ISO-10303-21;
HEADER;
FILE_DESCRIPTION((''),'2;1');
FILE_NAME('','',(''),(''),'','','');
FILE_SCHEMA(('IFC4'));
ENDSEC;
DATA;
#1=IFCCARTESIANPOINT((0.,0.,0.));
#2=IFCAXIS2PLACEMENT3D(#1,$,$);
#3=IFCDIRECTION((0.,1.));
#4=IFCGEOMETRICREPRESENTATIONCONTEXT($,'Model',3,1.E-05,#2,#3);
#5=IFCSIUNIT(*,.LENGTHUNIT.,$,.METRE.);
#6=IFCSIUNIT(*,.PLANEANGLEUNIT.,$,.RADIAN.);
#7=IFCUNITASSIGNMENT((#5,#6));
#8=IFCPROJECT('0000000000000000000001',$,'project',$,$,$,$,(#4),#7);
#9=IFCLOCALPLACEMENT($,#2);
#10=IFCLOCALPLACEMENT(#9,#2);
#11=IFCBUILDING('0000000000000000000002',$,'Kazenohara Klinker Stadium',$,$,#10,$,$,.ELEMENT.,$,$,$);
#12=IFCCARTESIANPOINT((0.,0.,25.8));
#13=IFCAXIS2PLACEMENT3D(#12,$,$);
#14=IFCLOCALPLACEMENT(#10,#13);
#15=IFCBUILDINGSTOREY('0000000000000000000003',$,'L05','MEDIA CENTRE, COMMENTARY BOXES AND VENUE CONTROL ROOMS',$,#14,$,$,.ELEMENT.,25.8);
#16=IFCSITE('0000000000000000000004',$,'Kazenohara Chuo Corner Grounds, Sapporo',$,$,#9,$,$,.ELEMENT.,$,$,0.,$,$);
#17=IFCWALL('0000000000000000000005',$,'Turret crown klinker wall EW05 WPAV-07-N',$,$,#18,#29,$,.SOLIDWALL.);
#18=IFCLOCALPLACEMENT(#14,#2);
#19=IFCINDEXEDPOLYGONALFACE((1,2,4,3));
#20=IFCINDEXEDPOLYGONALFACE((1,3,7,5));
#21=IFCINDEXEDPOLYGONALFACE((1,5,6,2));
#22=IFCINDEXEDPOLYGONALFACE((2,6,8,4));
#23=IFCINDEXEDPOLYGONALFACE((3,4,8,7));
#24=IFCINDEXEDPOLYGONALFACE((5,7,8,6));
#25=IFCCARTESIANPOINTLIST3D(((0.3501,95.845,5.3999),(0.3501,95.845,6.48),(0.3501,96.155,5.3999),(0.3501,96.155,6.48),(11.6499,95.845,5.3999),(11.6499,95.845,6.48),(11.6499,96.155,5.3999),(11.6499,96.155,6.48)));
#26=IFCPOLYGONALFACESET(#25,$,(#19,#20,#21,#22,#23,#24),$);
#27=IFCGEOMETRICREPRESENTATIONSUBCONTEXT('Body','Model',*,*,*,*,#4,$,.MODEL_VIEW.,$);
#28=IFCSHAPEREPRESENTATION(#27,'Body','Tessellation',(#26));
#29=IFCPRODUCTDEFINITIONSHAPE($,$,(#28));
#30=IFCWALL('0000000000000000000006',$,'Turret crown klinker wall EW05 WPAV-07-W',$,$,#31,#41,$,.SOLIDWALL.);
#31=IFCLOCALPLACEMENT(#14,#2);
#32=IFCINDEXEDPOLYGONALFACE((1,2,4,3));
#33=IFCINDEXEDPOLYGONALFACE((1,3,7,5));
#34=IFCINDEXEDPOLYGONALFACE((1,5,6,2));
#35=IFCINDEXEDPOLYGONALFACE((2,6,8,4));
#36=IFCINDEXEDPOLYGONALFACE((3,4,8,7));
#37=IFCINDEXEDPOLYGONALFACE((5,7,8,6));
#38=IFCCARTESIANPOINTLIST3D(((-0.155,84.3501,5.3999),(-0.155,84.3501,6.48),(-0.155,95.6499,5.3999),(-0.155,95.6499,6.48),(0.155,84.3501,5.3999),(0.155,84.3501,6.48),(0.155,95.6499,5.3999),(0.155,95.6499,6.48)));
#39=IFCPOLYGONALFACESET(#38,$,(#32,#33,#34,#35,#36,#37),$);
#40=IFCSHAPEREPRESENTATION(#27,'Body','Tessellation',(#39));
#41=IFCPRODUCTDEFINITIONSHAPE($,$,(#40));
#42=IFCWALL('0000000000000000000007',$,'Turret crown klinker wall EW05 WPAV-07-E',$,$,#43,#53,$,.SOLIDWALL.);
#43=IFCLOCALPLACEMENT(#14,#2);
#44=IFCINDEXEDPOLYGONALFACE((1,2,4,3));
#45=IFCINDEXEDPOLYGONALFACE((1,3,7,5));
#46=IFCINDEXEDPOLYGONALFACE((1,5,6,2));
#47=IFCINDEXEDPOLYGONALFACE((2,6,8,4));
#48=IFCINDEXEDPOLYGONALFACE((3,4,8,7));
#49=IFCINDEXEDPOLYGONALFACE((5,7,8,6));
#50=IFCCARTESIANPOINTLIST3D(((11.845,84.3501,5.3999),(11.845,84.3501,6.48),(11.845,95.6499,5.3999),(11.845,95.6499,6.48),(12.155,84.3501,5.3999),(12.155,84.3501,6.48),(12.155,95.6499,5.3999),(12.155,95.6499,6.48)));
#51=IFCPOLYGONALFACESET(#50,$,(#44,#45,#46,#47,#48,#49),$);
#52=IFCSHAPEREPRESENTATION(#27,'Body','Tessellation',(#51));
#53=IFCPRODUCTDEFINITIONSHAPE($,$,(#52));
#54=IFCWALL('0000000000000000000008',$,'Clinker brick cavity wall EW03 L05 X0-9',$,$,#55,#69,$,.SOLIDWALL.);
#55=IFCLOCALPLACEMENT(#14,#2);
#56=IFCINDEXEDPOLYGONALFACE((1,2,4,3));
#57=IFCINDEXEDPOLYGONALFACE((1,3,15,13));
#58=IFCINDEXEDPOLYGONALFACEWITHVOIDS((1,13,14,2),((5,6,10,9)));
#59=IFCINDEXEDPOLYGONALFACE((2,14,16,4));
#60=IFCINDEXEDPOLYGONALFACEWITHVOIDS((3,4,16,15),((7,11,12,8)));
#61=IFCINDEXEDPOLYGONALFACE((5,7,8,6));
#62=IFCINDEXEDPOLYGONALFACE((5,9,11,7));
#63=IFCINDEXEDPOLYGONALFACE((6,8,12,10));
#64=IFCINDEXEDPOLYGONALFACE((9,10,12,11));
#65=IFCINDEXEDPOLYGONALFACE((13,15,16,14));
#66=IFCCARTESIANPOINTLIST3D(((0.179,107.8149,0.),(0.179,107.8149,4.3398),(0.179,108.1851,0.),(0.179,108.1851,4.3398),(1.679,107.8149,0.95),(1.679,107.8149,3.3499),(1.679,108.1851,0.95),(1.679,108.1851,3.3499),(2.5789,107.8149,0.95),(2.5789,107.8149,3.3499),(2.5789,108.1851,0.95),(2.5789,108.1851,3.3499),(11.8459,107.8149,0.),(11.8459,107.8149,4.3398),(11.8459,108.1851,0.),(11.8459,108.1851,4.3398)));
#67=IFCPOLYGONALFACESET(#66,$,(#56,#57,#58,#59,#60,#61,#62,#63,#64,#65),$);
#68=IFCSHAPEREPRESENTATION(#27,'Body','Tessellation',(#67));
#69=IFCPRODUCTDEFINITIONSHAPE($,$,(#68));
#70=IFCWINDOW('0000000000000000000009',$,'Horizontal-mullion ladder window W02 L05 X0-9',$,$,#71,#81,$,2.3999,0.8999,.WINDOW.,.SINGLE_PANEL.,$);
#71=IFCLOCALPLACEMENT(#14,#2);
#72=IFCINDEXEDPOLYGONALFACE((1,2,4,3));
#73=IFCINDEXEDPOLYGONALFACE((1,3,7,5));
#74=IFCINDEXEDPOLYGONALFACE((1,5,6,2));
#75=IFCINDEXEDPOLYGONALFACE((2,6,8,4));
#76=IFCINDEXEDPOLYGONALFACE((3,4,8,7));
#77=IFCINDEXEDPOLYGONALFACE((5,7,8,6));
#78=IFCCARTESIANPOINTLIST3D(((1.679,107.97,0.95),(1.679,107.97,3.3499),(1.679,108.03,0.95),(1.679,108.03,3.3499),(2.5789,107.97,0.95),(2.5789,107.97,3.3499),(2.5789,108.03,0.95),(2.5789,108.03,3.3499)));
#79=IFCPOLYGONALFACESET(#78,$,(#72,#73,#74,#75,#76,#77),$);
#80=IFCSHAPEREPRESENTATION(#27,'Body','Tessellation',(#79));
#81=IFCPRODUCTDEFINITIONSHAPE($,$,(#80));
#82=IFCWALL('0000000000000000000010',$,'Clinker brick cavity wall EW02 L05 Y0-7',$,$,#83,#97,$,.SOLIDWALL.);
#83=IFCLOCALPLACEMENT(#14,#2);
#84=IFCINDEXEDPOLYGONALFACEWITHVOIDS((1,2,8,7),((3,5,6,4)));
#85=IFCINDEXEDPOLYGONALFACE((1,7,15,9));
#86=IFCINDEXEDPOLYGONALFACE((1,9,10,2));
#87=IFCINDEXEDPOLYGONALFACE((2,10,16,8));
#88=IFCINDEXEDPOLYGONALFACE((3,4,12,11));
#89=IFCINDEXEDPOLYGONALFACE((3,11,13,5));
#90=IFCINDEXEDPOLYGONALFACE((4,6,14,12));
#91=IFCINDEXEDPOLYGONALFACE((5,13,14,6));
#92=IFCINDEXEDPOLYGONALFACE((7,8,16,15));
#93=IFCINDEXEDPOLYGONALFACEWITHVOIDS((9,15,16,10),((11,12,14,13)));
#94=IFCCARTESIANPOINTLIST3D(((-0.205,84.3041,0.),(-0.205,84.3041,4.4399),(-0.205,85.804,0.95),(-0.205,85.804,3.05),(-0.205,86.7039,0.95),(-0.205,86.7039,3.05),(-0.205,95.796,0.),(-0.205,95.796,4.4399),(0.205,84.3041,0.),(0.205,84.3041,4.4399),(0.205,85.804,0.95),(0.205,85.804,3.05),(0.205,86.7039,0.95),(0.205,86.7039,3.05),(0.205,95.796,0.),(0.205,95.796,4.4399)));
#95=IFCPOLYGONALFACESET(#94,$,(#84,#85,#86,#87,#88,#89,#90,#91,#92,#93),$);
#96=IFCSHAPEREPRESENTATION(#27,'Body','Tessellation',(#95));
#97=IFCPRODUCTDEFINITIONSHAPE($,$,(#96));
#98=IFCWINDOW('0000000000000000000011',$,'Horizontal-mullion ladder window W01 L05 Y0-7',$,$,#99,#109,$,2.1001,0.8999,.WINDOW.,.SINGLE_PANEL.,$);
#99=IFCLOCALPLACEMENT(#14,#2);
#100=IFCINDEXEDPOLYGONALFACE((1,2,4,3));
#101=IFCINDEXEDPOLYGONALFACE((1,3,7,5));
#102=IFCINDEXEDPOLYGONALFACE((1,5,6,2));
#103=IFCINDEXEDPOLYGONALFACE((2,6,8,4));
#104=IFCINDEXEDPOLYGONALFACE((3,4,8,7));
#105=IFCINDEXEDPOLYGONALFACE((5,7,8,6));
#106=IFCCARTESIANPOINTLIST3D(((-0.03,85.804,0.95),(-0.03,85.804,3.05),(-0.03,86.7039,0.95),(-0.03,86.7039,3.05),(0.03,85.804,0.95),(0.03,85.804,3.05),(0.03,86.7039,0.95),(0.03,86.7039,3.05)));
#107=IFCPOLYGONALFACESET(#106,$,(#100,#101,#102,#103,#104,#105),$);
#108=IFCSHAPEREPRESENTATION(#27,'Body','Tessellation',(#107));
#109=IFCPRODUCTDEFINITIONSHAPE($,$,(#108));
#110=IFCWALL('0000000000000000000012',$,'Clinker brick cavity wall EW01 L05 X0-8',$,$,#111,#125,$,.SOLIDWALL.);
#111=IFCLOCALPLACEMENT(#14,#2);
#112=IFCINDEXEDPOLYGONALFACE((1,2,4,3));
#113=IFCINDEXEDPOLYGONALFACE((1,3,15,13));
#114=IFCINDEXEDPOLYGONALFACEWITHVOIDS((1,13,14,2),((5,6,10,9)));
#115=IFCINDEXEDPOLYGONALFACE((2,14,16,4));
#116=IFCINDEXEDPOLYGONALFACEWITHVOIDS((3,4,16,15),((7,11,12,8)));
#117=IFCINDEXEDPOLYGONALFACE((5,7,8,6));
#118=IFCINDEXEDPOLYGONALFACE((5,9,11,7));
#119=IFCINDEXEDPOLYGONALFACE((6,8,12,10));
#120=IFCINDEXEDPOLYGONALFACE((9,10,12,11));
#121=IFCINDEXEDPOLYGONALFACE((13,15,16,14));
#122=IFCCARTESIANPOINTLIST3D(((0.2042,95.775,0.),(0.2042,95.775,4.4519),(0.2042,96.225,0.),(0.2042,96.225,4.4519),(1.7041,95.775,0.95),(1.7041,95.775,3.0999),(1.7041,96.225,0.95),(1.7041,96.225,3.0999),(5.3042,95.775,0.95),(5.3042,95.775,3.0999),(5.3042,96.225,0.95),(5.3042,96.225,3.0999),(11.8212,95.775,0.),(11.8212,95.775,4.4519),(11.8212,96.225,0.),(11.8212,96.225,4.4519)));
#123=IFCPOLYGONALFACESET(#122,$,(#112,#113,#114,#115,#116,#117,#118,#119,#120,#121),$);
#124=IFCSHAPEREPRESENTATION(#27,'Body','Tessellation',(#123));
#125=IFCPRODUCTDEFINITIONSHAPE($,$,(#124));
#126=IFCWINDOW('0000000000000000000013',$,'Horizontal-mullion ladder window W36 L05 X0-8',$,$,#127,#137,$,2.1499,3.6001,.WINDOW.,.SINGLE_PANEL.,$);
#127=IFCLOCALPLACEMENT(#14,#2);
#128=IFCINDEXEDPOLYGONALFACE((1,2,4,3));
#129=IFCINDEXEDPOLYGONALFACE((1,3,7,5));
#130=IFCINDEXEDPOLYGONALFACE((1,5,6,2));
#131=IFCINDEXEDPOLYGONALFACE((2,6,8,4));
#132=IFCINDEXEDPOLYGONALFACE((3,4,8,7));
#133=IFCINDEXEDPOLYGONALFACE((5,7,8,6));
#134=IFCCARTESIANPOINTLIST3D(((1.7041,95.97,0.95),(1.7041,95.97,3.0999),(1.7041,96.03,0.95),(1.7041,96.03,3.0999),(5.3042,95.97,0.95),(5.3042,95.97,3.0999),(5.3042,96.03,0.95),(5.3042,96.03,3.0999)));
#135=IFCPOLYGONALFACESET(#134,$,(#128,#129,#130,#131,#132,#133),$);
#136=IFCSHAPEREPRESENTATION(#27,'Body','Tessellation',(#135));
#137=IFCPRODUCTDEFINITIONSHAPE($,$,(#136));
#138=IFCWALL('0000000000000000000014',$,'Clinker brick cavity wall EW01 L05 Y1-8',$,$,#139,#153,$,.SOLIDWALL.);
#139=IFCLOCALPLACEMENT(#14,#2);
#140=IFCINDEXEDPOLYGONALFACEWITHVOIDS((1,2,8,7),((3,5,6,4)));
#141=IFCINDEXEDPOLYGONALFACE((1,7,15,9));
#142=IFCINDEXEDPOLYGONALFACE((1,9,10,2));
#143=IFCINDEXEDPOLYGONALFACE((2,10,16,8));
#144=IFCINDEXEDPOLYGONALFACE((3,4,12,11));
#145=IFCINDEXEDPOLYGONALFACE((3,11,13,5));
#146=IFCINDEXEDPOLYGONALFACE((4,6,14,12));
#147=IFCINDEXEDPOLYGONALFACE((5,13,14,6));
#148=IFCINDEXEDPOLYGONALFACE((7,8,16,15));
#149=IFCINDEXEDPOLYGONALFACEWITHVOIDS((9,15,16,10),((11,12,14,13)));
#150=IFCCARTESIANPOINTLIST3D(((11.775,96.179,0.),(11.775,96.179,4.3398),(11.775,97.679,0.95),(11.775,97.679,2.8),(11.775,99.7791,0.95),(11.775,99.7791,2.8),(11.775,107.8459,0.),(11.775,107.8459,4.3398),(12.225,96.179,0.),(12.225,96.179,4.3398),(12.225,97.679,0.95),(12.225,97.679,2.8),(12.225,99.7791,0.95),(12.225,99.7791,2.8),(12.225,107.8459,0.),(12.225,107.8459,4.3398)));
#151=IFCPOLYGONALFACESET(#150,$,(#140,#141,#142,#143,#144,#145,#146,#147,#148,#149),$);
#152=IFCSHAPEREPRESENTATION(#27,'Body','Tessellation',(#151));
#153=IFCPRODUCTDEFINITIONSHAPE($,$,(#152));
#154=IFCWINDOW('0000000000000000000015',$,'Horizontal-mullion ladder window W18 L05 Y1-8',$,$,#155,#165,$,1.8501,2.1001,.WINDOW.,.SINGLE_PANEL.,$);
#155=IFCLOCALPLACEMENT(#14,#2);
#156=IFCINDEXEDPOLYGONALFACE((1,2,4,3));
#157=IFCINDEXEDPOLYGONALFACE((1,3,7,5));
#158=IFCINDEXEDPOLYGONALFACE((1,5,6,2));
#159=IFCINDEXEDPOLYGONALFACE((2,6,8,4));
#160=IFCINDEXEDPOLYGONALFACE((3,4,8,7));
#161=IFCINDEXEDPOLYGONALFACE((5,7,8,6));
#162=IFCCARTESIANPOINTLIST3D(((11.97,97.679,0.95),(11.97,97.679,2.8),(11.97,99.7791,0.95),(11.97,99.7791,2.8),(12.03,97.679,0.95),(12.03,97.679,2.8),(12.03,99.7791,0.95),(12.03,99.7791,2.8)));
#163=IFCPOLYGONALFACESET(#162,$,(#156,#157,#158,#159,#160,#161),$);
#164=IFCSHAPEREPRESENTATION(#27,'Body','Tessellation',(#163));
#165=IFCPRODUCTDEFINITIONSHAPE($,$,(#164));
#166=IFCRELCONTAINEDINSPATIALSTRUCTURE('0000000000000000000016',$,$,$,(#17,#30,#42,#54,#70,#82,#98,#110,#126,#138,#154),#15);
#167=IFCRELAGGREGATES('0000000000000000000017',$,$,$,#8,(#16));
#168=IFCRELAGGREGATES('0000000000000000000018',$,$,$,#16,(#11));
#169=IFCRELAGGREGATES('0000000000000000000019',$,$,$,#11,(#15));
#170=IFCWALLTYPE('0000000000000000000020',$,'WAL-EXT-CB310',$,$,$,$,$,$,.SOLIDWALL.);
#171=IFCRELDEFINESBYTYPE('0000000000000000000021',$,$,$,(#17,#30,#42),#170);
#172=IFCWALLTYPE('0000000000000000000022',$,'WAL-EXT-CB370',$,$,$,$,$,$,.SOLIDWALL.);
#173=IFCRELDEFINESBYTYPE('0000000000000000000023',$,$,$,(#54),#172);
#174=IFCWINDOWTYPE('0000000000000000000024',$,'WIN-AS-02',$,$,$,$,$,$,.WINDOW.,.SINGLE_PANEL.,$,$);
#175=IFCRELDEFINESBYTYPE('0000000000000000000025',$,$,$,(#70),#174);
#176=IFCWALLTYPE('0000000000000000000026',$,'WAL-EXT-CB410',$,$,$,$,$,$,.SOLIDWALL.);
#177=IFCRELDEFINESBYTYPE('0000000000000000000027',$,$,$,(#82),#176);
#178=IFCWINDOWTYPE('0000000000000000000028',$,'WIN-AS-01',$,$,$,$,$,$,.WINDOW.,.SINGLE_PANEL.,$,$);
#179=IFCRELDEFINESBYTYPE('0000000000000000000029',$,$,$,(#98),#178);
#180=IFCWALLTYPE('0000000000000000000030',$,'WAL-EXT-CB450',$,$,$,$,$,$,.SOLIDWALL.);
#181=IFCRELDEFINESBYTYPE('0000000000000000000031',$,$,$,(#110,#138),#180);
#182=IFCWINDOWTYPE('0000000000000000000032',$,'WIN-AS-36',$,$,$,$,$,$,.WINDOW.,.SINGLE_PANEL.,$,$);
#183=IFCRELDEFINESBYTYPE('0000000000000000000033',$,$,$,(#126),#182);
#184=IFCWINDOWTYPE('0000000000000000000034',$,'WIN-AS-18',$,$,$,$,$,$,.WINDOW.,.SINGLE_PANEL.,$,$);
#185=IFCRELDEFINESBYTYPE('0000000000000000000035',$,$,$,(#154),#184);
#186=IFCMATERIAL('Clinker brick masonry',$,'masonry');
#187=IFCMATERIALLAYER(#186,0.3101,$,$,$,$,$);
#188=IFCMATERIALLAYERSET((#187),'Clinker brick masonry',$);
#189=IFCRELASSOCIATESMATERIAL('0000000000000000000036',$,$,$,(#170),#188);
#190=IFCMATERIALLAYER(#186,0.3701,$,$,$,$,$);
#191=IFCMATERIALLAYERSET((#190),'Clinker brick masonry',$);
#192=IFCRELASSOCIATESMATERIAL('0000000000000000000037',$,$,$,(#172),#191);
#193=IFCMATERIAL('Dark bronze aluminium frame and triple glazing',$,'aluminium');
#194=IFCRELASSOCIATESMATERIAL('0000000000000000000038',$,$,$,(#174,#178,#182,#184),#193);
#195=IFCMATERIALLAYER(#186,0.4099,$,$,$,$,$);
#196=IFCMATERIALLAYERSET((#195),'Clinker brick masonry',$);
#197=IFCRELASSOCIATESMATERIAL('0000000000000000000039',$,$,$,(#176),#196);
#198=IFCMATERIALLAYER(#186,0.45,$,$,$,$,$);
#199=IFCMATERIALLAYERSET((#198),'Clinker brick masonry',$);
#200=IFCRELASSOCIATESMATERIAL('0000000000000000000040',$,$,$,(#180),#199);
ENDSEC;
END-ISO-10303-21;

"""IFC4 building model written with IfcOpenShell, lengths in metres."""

from ifc_helpers import new_model, si_unit, direction, frame, frame_2d, origin, place, context, subcontext, project, spatial, rectangle, extrude, material, layer, layer_set, type_object, element, fill, save


model = new_model("IFC4")

# Units and contexts
model_context = context("Model", 3, precision=1e-05, world=origin(), true_north=direction((0.0, 1.0)))
body_context = subcontext(model_context, "Body", "Model", "MODEL_VIEW")
ifc_project = project(units=[si_unit("LENGTHUNIT", "METRE"), si_unit("PLANEANGLEUNIT", "RADIAN")], contexts=[model_context])

# Site, building, storey
site_placement = place(None, origin())
site = spatial("IfcSite", under=ifc_project, at=site_placement, Name="Kazenohara Chuo Corner Grounds, Sapporo", CompositionType="ELEMENT", RefElevation=0.0)
building_placement = place(site_placement, origin())
building = spatial("IfcBuilding", under=site, at=building_placement, Name="Kazenohara Klinker Stadium", CompositionType="ELEMENT")
storey_placement = place(building_placement, frame((0.0, 0.0, 25.8)))
storey = spatial("IfcBuildingStorey", under=building, at=storey_placement, Name="L05", Description="MEDIA CENTRE, COMMENTARY BOXES AND VENUE CONTROL ROOMS", CompositionType="ELEMENT", Elevation=25.8)

# Walls
ifc_material_1 = material(Name="Clinker brick masonry", Category="masonry")
ifc_layer_1 = layer(ifc_material_1, 0.3101)
ifc_layer_set_1 = layer_set([ifc_layer_1], Name="Clinker brick masonry")
wall_type_1 = type_object("IfcWallType", Name="WAL-EXT-CB310", PredefinedType="SOLIDWALL", material=ifc_layer_set_1)
for number, where, z_axis, x_axis, name in (
    (1, (0.3501, 96.0, 5.3999), (0.0, 0.0, 1.0), (1.0, 0.0, 0.0), "Turret crown klinker wall EW05 WPAV-07-N"),
    (2, (0.0, 84.3501, 5.3999), (0.0, 0.0, 1.0), (0.0, 1.0, 0.0), "Turret crown klinker wall EW05 WPAV-07-W"),
    (3, (12.0, 84.3501, 5.3999), (0.0, 0.0, 1.0), (0.0, 1.0, 0.0), "Turret crown klinker wall EW05 WPAV-07-E"),
):
    element("IfcWall", number, at=place(storey_placement, frame(where, z_axis=z_axis, x_axis=x_axis)), inside=storey, type_object=wall_type_1, Name=name, PredefinedType="SOLIDWALL", context=body_context, shape_type="SweptSolid", body=[
        extrude(rectangle(XDim=11.2998, YDim=0.3101, at=frame_2d((5.6499, 0.0))), origin(), (0.0, 0.0, 1.0), 1.0801),
    ])

# Walls, openings, windows
ifc_layer_2 = layer(ifc_material_1, 0.3701)
ifc_layer_set_2 = layer_set([ifc_layer_2], Name="Clinker brick masonry")
wall_type_2 = type_object("IfcWallType", Name="WAL-EXT-CB370", PredefinedType="SOLIDWALL", material=ifc_layer_set_2)
wall_1_placement = place(storey_placement, frame((0.179, 108.0, 0.0), z_axis=(0.0, 0.0, 1.0), x_axis=(1.0, 0.0, 0.0)))
wall_1 = element("IfcWall", 4, at=wall_1_placement, inside=storey, type_object=wall_type_2, Name="Clinker brick cavity wall EW03 L05 X0-9", PredefinedType="SOLIDWALL", context=body_context, shape_type="SweptSolid", body=[
    extrude(rectangle(XDim=11.667, YDim=0.3701, at=frame_2d((5.8335, 0.0))), origin(), (0.0, 0.0, 1.0), 4.3398),
])
opening_1_placement = place(wall_1_placement, frame((1.5, 0.0, 0.95)))
opening_1 = element("IfcOpeningElement", 5, at=opening_1_placement, cuts=wall_1, PredefinedType="OPENING", context=body_context, shape_type="SweptSolid", body=[
    extrude(rectangle(XDim=0.8999, YDim=2.3999, at=frame_2d((0.45, 1.2))), frame((0.0, 0.1951, 0.0), z_axis=(0.0, -1.0, 0.0), x_axis=(1.0, 0.0, 0.0)), (0.0, 0.0, 1.0), 0.3901),
])
ifc_material_2 = material(Name="Dark bronze aluminium frame and triple glazing", Category="aluminium")
window_type_1 = type_object("IfcWindowType", Name="WIN-AS-02", PartitioningType="SINGLE_PANEL", PredefinedType="WINDOW", material=ifc_material_2)
window_1_placement = place(opening_1_placement, origin())
window_1 = element("IfcWindow", 6, at=window_1_placement, inside=storey, type_object=window_type_1, Name="Horizontal-mullion ladder window W02 L05 X0-9", OverallHeight=2.3999, OverallWidth=0.8999, PartitioningType="SINGLE_PANEL", PredefinedType="WINDOW", context=body_context, shape_type="SweptSolid", body=[
    extrude(rectangle(XDim=0.8999, YDim=2.3999, at=frame_2d((0.45, 1.2))), frame((0.0, 0.03, 0.0), z_axis=(0.0, -1.0, 0.0), x_axis=(1.0, 0.0, 0.0)), (0.0, 0.0, 1.0), 0.0601),
])
fill(opening_1, window_1)
ifc_layer_3 = layer(ifc_material_1, 0.4099)
ifc_layer_set_3 = layer_set([ifc_layer_3], Name="Clinker brick masonry")
wall_type_3 = type_object("IfcWallType", Name="WAL-EXT-CB410", PredefinedType="SOLIDWALL", material=ifc_layer_set_3)
wall_2_placement = place(storey_placement, frame((0.0, 84.304, 0.0), z_axis=(0.0, 0.0, 1.0), x_axis=(0.0, 1.0, 0.0)))
wall_2 = element("IfcWall", 7, at=wall_2_placement, inside=storey, type_object=wall_type_3, Name="Clinker brick cavity wall EW02 L05 Y0-7", PredefinedType="SOLIDWALL", context=body_context, shape_type="SweptSolid", body=[
    extrude(rectangle(XDim=11.4919, YDim=0.4099, at=frame_2d((5.7461, 0.0))), origin(), (0.0, 0.0, 1.0), 4.4399),
])
opening_2_placement = place(wall_2_placement, frame((1.5, 0.0, 0.95)))
opening_2 = element("IfcOpeningElement", 8, at=opening_2_placement, cuts=wall_2, PredefinedType="OPENING", context=body_context, shape_type="SweptSolid", body=[
    extrude(rectangle(XDim=0.8999, YDim=2.1001, at=frame_2d((0.45, 1.05))), frame((0.0, 0.2148, 0.0), z_axis=(0.0, -1.0, 0.0), x_axis=(1.0, 0.0, 0.0)), (0.0, 0.0, 1.0), 0.4299),
])
window_type_2 = type_object("IfcWindowType", Name="WIN-AS-01", PartitioningType="SINGLE_PANEL", PredefinedType="WINDOW", material=ifc_material_2)
window_2_placement = place(opening_2_placement, origin())
window_2 = element("IfcWindow", 9, at=window_2_placement, inside=storey, type_object=window_type_2, Name="Horizontal-mullion ladder window W01 L05 Y0-7", OverallHeight=2.1001, OverallWidth=0.8999, PartitioningType="SINGLE_PANEL", PredefinedType="WINDOW", context=body_context, shape_type="SweptSolid", body=[
    extrude(rectangle(XDim=0.8999, YDim=2.1001, at=frame_2d((0.45, 1.05))), frame((0.0, 0.03, 0.0), z_axis=(0.0, -1.0, 0.0), x_axis=(1.0, 0.0, 0.0)), (0.0, 0.0, 1.0), 0.0601),
])
fill(opening_2, window_2)
ifc_layer_4 = layer(ifc_material_1, 0.45)
ifc_layer_set_4 = layer_set([ifc_layer_4], Name="Clinker brick masonry")
wall_type_4 = type_object("IfcWallType", Name="WAL-EXT-CB450", PredefinedType="SOLIDWALL", material=ifc_layer_set_4)
wall_3_placement = place(storey_placement, frame((0.2041, 96.0, 0.0), z_axis=(0.0, 0.0, 1.0), x_axis=(1.0, 0.0, 0.0)))
wall_3 = element("IfcWall", 10, at=wall_3_placement, inside=storey, type_object=wall_type_4, Name="Clinker brick cavity wall EW01 L05 X0-8", PredefinedType="SOLIDWALL", context=body_context, shape_type="SweptSolid", body=[
    extrude(rectangle(XDim=11.6169, YDim=0.45, at=frame_2d((5.8086, 0.0))), origin(), (0.0, 0.0, 1.0), 4.4519),
])
opening_3_placement = place(wall_3_placement, frame((1.5, 0.0, 0.95)))
opening_3 = element("IfcOpeningElement", 11, at=opening_3_placement, cuts=wall_3, PredefinedType="OPENING", context=body_context, shape_type="SweptSolid", body=[
    extrude(rectangle(XDim=3.6001, YDim=2.1499, at=frame_2d((1.8, 1.075))), frame((0.0, 0.2349, 0.0), z_axis=(0.0, -1.0, 0.0), x_axis=(1.0, 0.0, 0.0)), (0.0, 0.0, 1.0), 0.47),
])
window_type_3 = type_object("IfcWindowType", Name="WIN-AS-36", PartitioningType="SINGLE_PANEL", PredefinedType="WINDOW", material=ifc_material_2)
window_3_placement = place(opening_3_placement, origin())
window_3 = element("IfcWindow", 12, at=window_3_placement, inside=storey, type_object=window_type_3, Name="Horizontal-mullion ladder window W36 L05 X0-8", OverallHeight=2.1499, OverallWidth=3.6001, PartitioningType="SINGLE_PANEL", PredefinedType="WINDOW", context=body_context, shape_type="SweptSolid", body=[
    extrude(rectangle(XDim=3.6001, YDim=2.1499, at=frame_2d((1.8, 1.075))), frame((0.0, 0.03, 0.0), z_axis=(0.0, -1.0, 0.0), x_axis=(1.0, 0.0, 0.0)), (0.0, 0.0, 1.0), 0.0601),
])
fill(opening_3, window_3)
wall_4_placement = place(storey_placement, frame((12.0, 96.179, 0.0), z_axis=(0.0, 0.0, 1.0), x_axis=(0.0, 1.0, 0.0)))
wall_4 = element("IfcWall", 13, at=wall_4_placement, inside=storey, type_object=wall_type_4, Name="Clinker brick cavity wall EW01 L05 Y1-8", PredefinedType="SOLIDWALL", context=body_context, shape_type="SweptSolid", body=[
    extrude(rectangle(XDim=11.667, YDim=0.45, at=frame_2d((5.8335, 0.0))), origin(), (0.0, 0.0, 1.0), 4.3398),
])
opening_4_placement = place(wall_4_placement, frame((1.5, 0.0, 0.95)))
opening_4 = element("IfcOpeningElement", 14, at=opening_4_placement, cuts=wall_4, PredefinedType="OPENING", context=body_context, shape_type="SweptSolid", body=[
    extrude(rectangle(XDim=2.1001, YDim=1.8501, at=frame_2d((1.05, 0.925))), frame((0.0, 0.2349, 0.0), z_axis=(0.0, -1.0, 0.0), x_axis=(1.0, 0.0, 0.0)), (0.0, 0.0, 1.0), 0.47),
])
window_type_4 = type_object("IfcWindowType", Name="WIN-AS-18", PartitioningType="SINGLE_PANEL", PredefinedType="WINDOW", material=ifc_material_2)
window_4_placement = place(opening_4_placement, origin())
window_4 = element("IfcWindow", 15, at=window_4_placement, inside=storey, type_object=window_type_4, Name="Horizontal-mullion ladder window W18 L05 Y1-8", OverallHeight=1.8501, OverallWidth=2.1001, PartitioningType="SINGLE_PANEL", PredefinedType="WINDOW", context=body_context, shape_type="SweptSolid", body=[
    extrude(rectangle(XDim=2.1001, YDim=1.8501, at=frame_2d((1.05, 0.925))), frame((0.0, 0.03, 0.0), z_axis=(0.0, -1.0, 0.0), x_axis=(1.0, 0.0, 0.0)), (0.0, 0.0, 1.0), 0.0601),
])
fill(opening_4, window_4)

save(model, "model.ifc")
